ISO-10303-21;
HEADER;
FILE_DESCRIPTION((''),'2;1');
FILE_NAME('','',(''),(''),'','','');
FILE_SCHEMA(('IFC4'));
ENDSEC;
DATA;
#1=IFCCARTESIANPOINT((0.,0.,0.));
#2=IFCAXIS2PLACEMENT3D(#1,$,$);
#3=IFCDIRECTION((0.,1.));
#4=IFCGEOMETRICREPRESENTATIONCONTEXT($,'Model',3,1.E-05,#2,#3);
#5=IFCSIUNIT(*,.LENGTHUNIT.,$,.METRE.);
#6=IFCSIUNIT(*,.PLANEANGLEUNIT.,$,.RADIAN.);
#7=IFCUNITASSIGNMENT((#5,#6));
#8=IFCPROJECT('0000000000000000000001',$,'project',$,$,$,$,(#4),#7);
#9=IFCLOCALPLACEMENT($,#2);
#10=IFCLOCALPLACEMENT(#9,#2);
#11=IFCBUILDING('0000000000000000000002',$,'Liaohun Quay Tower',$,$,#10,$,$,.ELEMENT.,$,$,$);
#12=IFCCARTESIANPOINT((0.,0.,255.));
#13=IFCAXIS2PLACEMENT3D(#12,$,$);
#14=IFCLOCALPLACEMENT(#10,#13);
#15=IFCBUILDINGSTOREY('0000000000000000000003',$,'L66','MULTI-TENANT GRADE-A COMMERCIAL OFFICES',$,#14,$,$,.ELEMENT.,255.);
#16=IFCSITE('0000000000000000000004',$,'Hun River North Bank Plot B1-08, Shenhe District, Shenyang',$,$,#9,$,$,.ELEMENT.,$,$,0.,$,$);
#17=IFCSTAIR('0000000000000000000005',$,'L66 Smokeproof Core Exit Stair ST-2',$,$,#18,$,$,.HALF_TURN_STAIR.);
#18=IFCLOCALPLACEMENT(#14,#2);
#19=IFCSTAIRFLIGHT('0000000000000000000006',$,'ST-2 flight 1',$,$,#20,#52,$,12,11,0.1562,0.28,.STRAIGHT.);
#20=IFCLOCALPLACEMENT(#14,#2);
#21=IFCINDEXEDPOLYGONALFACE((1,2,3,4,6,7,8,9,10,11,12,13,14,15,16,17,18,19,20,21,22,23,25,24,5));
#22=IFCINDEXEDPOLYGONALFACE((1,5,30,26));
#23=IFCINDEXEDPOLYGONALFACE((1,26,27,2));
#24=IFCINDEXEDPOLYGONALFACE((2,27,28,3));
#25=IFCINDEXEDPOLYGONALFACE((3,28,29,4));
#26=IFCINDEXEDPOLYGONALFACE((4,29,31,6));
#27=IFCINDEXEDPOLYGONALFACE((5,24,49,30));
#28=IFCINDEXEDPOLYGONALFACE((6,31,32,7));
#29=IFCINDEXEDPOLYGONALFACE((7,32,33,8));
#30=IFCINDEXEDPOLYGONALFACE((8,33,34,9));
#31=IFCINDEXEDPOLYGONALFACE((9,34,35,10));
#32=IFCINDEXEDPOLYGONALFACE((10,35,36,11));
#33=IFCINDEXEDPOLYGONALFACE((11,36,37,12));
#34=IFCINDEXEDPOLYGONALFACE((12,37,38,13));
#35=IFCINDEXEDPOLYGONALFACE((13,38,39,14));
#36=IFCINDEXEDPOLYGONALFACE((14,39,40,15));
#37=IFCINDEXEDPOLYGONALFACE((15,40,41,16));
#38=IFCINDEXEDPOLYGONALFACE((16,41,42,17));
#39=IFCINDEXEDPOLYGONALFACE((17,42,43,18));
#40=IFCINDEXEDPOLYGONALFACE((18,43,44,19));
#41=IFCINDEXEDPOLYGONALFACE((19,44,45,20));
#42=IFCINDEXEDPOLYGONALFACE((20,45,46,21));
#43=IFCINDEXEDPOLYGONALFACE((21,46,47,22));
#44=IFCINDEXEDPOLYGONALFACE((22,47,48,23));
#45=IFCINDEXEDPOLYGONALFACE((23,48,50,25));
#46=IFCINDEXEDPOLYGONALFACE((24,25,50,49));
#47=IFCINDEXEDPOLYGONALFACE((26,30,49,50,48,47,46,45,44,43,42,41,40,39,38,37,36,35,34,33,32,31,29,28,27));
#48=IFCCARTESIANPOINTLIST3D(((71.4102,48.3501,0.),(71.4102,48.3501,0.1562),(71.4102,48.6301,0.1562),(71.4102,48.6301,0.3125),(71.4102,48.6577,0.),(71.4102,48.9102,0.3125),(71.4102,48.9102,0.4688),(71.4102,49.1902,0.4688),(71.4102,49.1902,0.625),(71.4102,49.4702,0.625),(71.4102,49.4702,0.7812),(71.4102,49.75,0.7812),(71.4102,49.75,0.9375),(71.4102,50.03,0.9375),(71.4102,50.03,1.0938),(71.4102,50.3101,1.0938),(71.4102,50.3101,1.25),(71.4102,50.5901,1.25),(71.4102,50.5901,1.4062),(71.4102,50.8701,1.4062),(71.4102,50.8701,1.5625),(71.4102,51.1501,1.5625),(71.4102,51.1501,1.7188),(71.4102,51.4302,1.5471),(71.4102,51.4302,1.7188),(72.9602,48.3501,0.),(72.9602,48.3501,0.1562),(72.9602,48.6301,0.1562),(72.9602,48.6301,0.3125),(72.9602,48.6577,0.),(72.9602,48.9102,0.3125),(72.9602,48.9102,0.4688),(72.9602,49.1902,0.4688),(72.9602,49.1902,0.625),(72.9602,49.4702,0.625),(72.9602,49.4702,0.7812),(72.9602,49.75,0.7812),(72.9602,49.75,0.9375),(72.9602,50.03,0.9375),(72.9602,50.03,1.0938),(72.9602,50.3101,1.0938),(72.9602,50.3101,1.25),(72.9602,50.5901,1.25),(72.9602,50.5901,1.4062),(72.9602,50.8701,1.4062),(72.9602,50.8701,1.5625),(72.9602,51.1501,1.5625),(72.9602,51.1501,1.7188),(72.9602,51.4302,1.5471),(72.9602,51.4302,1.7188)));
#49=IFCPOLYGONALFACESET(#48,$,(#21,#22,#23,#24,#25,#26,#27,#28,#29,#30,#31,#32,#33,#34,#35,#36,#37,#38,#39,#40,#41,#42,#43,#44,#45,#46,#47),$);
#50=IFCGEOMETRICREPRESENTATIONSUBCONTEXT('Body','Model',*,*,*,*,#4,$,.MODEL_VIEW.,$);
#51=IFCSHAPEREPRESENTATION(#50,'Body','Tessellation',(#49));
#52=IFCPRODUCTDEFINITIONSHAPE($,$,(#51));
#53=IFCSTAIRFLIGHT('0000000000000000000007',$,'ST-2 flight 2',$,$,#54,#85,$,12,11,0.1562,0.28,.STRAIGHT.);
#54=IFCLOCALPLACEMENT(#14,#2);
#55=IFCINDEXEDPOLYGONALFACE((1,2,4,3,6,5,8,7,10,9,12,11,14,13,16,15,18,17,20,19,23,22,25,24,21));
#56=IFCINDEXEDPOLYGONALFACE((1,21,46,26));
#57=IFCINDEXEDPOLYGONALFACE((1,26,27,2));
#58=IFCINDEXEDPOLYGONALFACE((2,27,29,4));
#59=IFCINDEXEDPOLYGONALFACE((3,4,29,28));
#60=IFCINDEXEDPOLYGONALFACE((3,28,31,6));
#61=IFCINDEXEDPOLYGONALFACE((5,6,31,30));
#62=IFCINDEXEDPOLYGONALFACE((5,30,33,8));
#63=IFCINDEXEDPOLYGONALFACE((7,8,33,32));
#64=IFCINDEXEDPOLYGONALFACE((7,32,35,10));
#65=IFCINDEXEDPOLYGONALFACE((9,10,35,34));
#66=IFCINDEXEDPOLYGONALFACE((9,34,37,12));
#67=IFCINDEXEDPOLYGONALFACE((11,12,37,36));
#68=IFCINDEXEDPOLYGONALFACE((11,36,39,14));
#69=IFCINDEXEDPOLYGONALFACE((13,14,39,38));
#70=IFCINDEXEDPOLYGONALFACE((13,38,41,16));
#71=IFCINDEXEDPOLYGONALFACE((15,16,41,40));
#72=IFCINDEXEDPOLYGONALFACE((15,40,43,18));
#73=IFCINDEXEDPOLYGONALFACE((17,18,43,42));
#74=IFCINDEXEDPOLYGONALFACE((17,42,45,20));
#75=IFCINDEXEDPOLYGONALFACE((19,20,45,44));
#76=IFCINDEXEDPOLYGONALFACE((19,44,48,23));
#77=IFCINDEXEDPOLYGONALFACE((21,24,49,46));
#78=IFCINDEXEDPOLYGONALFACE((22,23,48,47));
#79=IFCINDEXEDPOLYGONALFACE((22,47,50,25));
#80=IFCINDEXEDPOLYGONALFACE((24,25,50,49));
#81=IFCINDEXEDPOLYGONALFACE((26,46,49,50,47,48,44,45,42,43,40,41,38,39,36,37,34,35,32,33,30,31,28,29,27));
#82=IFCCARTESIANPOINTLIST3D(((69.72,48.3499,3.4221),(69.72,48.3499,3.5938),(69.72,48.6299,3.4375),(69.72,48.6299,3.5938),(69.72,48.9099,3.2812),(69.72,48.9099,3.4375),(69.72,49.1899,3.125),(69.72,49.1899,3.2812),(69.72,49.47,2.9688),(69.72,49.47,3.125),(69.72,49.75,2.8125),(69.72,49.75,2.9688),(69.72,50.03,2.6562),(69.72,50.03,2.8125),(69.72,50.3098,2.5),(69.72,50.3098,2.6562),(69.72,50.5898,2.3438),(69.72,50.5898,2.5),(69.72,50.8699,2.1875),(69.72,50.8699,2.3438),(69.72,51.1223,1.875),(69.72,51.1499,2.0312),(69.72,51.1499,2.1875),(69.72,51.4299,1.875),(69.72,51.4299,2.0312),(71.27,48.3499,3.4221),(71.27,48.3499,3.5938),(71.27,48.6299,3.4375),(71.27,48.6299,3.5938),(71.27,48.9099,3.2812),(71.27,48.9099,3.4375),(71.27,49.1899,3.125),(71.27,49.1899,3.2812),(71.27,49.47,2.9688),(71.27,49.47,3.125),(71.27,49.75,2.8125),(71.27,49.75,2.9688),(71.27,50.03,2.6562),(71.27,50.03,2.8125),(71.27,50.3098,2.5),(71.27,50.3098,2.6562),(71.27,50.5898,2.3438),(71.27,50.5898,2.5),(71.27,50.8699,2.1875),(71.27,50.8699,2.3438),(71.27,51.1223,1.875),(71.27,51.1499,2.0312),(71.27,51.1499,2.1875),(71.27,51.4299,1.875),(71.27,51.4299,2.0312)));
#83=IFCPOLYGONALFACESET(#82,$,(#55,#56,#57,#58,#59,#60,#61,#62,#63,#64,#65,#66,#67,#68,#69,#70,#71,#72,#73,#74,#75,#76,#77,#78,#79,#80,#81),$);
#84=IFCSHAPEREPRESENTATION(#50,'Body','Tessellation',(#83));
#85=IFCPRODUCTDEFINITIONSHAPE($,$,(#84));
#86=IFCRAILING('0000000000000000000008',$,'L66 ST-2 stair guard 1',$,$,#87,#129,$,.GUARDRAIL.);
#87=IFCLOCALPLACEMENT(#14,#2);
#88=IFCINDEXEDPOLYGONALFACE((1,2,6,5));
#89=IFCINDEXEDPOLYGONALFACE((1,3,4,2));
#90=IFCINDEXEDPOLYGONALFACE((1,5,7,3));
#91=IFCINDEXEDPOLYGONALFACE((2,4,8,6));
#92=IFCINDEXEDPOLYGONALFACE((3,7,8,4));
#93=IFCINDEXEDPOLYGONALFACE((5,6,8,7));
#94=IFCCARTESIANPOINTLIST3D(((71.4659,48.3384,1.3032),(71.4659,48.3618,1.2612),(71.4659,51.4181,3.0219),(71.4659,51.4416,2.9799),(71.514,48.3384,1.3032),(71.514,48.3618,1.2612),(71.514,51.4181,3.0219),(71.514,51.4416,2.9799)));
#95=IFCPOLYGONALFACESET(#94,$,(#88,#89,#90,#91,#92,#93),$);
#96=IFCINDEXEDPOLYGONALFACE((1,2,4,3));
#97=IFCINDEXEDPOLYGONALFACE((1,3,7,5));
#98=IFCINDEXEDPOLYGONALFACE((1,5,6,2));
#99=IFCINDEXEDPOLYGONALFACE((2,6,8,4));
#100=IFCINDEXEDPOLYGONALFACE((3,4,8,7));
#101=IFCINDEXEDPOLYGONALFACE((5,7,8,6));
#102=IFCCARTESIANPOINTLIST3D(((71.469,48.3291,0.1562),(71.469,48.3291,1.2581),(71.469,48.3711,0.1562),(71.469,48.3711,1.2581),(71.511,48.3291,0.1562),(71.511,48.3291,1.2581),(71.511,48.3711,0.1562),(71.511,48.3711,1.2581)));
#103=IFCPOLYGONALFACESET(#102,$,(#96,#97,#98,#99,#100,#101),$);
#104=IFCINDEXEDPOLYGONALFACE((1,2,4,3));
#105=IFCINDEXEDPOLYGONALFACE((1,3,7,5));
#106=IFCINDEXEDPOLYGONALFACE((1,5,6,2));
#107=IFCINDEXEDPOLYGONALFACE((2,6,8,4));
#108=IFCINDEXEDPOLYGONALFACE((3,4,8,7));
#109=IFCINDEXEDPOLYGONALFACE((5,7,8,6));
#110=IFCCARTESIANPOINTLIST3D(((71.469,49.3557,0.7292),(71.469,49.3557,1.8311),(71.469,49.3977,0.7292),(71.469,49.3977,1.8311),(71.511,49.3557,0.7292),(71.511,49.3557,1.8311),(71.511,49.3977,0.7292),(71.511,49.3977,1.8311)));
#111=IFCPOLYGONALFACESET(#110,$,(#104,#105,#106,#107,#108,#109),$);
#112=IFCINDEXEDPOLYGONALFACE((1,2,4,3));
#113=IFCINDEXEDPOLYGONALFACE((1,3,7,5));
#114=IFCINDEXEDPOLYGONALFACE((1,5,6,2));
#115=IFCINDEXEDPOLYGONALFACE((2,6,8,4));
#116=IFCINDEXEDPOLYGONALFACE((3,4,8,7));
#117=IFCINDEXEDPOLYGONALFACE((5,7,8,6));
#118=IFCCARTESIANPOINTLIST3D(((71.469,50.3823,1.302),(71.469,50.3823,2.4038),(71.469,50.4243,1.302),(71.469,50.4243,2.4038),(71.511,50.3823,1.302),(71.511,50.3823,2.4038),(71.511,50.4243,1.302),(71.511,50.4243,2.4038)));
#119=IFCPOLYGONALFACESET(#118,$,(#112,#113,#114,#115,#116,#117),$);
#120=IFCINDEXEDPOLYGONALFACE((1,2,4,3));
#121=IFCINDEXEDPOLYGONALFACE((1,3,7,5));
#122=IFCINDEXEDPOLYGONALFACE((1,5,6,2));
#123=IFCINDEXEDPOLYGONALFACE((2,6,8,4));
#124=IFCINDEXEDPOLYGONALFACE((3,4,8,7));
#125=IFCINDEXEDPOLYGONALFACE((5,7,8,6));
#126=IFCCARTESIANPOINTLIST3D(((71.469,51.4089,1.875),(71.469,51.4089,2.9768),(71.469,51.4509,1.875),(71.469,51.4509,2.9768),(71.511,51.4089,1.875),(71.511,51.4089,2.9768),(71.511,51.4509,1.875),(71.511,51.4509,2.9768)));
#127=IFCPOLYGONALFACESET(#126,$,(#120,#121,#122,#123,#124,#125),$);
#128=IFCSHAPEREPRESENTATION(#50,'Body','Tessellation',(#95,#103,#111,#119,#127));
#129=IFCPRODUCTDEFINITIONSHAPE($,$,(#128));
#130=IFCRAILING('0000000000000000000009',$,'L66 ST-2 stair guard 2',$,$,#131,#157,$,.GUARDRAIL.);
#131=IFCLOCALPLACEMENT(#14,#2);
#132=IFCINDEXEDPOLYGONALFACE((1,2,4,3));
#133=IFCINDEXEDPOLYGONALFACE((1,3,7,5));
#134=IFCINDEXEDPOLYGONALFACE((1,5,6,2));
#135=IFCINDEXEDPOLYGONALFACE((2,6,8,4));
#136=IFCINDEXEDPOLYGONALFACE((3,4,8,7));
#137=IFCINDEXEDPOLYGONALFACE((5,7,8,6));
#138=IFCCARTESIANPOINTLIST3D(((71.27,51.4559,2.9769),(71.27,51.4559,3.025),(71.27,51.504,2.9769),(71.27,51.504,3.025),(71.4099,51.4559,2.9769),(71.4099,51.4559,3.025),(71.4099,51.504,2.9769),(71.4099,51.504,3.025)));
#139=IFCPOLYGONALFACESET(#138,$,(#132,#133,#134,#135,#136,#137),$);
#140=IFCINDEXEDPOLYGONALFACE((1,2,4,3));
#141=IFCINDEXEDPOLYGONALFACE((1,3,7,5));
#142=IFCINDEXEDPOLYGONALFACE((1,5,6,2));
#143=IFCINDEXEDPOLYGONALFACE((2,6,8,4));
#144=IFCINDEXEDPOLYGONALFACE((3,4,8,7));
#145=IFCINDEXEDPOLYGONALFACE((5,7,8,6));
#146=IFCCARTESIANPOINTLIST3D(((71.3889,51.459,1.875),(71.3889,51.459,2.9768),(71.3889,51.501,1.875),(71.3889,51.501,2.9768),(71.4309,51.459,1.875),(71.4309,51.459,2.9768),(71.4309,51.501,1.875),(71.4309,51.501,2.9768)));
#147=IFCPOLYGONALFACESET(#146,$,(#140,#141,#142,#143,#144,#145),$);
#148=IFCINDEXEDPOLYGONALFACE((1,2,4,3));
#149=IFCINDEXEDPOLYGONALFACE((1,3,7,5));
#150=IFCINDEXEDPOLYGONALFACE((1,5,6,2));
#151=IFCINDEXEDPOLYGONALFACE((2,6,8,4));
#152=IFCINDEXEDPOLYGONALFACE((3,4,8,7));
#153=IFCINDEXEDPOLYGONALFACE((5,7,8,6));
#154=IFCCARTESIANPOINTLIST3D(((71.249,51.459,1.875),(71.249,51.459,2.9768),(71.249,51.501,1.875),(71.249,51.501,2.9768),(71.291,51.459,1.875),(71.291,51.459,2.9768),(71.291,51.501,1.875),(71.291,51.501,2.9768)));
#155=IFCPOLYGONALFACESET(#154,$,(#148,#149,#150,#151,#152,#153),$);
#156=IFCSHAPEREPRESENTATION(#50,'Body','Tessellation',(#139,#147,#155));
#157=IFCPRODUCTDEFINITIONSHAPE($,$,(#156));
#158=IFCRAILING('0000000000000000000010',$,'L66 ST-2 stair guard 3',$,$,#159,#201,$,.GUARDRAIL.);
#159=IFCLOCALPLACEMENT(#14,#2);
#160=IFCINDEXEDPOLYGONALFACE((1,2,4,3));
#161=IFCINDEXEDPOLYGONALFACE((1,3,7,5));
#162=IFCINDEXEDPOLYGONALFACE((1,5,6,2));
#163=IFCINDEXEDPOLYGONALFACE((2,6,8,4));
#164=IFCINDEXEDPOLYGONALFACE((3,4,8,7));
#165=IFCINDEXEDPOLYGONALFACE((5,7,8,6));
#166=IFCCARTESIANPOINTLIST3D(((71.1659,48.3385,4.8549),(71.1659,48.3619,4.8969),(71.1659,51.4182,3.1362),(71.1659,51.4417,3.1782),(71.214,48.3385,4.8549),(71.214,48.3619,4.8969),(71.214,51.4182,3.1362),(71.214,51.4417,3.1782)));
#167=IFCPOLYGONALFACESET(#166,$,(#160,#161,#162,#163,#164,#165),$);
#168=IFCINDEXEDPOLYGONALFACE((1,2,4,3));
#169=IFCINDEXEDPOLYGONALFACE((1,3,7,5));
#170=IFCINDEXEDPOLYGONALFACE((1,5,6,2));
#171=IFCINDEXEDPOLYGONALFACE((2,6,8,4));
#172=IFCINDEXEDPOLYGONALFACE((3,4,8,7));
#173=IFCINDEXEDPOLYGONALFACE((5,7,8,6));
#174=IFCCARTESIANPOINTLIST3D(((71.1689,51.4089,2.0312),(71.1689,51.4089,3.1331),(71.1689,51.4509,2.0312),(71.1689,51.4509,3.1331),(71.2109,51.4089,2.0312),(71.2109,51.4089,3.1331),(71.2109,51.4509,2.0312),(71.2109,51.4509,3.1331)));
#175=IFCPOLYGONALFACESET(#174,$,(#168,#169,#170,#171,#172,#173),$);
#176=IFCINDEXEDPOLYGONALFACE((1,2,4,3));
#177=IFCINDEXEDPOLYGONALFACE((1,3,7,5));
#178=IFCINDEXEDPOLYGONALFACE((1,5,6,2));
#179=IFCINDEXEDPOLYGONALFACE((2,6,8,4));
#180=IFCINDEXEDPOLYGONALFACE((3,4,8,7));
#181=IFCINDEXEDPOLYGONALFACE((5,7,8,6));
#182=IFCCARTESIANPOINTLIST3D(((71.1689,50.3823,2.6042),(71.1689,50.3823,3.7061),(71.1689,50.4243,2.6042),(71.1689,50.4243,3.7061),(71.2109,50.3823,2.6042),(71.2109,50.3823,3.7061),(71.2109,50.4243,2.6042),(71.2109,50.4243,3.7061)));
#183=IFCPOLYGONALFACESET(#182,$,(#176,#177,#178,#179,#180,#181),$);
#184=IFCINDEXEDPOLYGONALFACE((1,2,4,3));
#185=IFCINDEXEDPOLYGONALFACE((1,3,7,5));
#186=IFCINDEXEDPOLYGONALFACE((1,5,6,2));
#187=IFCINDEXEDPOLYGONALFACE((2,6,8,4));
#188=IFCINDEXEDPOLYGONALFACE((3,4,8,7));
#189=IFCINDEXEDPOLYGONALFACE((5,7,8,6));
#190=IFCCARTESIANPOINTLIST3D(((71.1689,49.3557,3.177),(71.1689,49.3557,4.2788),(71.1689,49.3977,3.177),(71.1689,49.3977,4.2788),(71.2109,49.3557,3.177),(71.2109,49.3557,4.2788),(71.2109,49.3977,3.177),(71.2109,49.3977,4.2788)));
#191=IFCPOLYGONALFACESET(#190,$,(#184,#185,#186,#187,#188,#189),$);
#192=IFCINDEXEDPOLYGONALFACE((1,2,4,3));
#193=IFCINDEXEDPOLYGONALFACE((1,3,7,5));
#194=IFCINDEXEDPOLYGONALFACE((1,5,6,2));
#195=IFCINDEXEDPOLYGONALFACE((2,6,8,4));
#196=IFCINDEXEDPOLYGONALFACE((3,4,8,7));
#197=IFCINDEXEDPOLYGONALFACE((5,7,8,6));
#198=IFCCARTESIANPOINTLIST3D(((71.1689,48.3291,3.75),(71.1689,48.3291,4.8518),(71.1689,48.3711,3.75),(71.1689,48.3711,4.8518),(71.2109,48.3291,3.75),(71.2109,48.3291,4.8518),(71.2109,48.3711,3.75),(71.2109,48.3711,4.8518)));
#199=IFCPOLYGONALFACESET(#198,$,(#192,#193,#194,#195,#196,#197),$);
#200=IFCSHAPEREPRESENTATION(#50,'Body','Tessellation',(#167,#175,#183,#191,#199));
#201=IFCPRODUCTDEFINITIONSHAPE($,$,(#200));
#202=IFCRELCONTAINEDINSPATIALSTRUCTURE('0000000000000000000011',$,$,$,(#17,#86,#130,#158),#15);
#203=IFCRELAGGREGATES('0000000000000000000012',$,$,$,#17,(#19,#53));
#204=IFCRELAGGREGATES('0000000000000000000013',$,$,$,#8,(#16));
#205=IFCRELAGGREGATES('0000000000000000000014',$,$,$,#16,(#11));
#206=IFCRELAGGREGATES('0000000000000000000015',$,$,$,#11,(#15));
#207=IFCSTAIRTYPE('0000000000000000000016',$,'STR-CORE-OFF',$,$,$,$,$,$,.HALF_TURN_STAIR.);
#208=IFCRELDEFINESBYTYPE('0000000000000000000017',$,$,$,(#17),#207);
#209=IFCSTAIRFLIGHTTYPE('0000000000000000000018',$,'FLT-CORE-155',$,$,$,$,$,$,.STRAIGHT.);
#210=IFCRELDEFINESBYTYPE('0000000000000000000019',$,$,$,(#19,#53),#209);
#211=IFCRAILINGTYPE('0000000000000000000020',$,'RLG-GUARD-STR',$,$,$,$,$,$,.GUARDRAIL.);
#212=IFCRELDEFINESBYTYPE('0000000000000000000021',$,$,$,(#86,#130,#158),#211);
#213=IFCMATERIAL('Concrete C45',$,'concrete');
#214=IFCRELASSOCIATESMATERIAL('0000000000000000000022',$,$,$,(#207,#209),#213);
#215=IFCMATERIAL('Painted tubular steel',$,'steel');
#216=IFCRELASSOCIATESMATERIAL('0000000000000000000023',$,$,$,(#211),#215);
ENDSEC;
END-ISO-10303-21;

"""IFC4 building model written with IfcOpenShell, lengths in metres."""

from ifc_helpers import new_model, si_unit, direction, frame, origin, origin_2d, place, context, subcontext, project, spatial, polyline, rectangle, outline, extrude, material, type_object, element, aggregate, save


model = new_model("IFC4")

# Units and contexts
model_context = context("Model", 3, precision=1e-05, world=origin(), true_north=direction((0.0, 1.0)))
body_context = subcontext(model_context, "Body", "Model", "MODEL_VIEW")
ifc_project = project(units=[si_unit("LENGTHUNIT", "METRE"), si_unit("PLANEANGLEUNIT", "RADIAN")], contexts=[model_context])

# Site, building, storey
site_placement = place(None, origin())
site = spatial("IfcSite", under=ifc_project, at=site_placement, Name="Hun River North Bank Plot B1-08, Shenhe District, Shenyang", CompositionType="ELEMENT", RefElevation=0.0)
building_placement = place(site_placement, origin())
building = spatial("IfcBuilding", under=site, at=building_placement, Name="Liaohun Quay Tower", CompositionType="ELEMENT")
storey_placement = place(building_placement, frame((0.0, 0.0, 255.0)))
storey = spatial("IfcBuildingStorey", under=building, at=storey_placement, Name="L66", Description="MULTI-TENANT GRADE-A COMMERCIAL OFFICES", CompositionType="ELEMENT", Elevation=255.0)

# Stair, stair flights
ifc_material_1 = material(Name="Concrete C45", Category="concrete")
stair_type = type_object("IfcStairType", Name="STR-CORE-OFF", PredefinedType="HALF_TURN_STAIR", material=ifc_material_1)
stair_placement = place(storey_placement, origin())
stair = element("IfcStair", 1, at=stair_placement, inside=storey, type_object=stair_type, Name="L66 Smokeproof Core Exit Stair ST-2", PredefinedType="HALF_TURN_STAIR")
stair_flight_type = type_object("IfcStairFlightType", Name="FLT-CORE-155", PredefinedType="STRAIGHT", material=ifc_material_1)
stair_flight_1_placement = place(storey_placement, frame((72.1851, 48.3501, 0.0), z_axis=(0.0, 0.0, 1.0), x_axis=(0.0, 1.0, 0.0)))
stair_flight_1 = element("IfcStairFlight", 2, at=stair_flight_1_placement, type_object=stair_flight_type, Name="ST-2 flight 1", NumberOfRisers=12, NumberOfTreads=11, PredefinedType="STRAIGHT", RiserHeight=0.1562, TreadLength=0.28, context=body_context, shape_type="SweptSolid", body=[
    extrude(outline(polyline([(0.0, 0.0), (0.0, 0.1562), (0.28, 0.1562), (0.28, 0.3125), (0.5601, 0.3125), (0.5601, 0.4688), (0.8401, 0.4688), (0.8401, 0.625), (1.1201, 0.625), (1.1201, 0.7812), (1.3999, 0.7812), (1.3999, 0.9375), (1.6799, 0.9375), (1.6799, 1.0938), (1.96, 1.0938), (1.96, 1.25), (2.24, 1.25), (2.24, 1.4062), (2.52, 1.4062), (2.52, 1.5625), (2.8, 1.5625), (2.8, 1.7188), (3.0801, 1.7188), (3.0801, 1.875), (3.0801, 1.5471), (0.3076, 0.0), (0.0, 0.0)])), frame((0.0, 0.7749, 0.0), z_axis=(0.0, -1.0, 0.0), x_axis=(1.0, 0.0, 0.0)), (0.0, 0.0, 1.0), 1.55),
])
stair_flight_2_placement = place(storey_placement, frame((70.4951, 51.4299, 1.875), z_axis=(0.0, 0.0, 1.0), x_axis=(0.0, -1.0, 0.0)))
stair_flight_2 = element("IfcStairFlight", 3, at=stair_flight_2_placement, type_object=stair_flight_type, Name="ST-2 flight 2", NumberOfRisers=12, NumberOfTreads=11, PredefinedType="STRAIGHT", RiserHeight=0.1562, TreadLength=0.28, context=body_context, shape_type="SweptSolid", body=[
    extrude(outline(polyline([(0.0, 0.0), (0.0, 0.1562), (0.28, 0.1562), (0.28, 0.3125), (0.5601, 0.3125), (0.5601, 0.4688), (0.8401, 0.4688), (0.8401, 0.625), (1.1201, 0.625), (1.1201, 0.7812), (1.3999, 0.7812), (1.3999, 0.9375), (1.6799, 0.9375), (1.6799, 1.0938), (1.96, 1.0938), (1.96, 1.25), (2.24, 1.25), (2.24, 1.4062), (2.52, 1.4062), (2.52, 1.5625), (2.8, 1.5625), (2.8, 1.7188), (3.0801, 1.7188), (3.0801, 1.875), (3.0801, 1.5471), (0.3076, 0.0), (0.0, 0.0)])), frame((0.0, 0.7749, 0.0), z_axis=(0.0, -1.0, 0.0), x_axis=(1.0, 0.0, 0.0)), (0.0, 0.0, 1.0), 1.55),
])
aggregate(stair, [stair_flight_1, stair_flight_2])

# Railings
ifc_material_2 = material(Name="Painted tubular steel", Category="steel")
railing_type_1 = type_object("IfcRailingType", Name="RLG-GUARD-STR", PredefinedType="GUARDRAIL", material=ifc_material_2)
railing_1_placement = place(storey_placement, frame((71.49, 48.3501, 0.1562)))
element("IfcRailing", 4, at=railing_1_placement, inside=storey, type_object=railing_type_1, Name="L66 ST-2 stair guard 1", PredefinedType="GUARDRAIL", context=body_context, shape_type="SweptSolid", body=[
    extrude(rectangle(XDim=0.0481, YDim=0.0481, at=origin_2d()), frame((0.0, 0.0, 1.126), z_axis=(0.0, 0.873225, 0.487317), x_axis=(-1.0, 0.0, 0.0)), (0.0, 0.0, 1.0), 3.5269),
    extrude(rectangle(XDim=0.042, YDim=0.042, at=origin_2d()), origin(), (0.0, 0.0, 1.0), 1.1018),
    extrude(rectangle(XDim=0.042, YDim=0.042, at=origin_2d()), frame((0.0, 1.0266, 0.573)), (0.0, 0.0, 1.0), 1.1018),
    extrude(rectangle(XDim=0.042, YDim=0.042, at=origin_2d()), frame((0.0, 2.0532, 1.1458)), (0.0, 0.0, 1.0), 1.1018),
    extrude(rectangle(XDim=0.042, YDim=0.042, at=origin_2d()), frame((0.0, 3.0798, 1.7188)), (0.0, 0.0, 1.0), 1.1018),
])
railing_2_placement = place(storey_placement, frame((71.4099, 51.48, 1.875)))
element("IfcRailing", 5, at=railing_2_placement, inside=storey, type_object=railing_type_1, Name="L66 ST-2 stair guard 2", PredefinedType="GUARDRAIL", context=body_context, shape_type="SweptSolid", body=[
    extrude(rectangle(XDim=0.0481, YDim=0.0481, at=origin_2d()), frame((0.0, 0.0, 1.126), z_axis=(-1.0, 0.0, 0.0), x_axis=(0.0, -1.0, 0.0)), (0.0, 0.0, 1.0), 0.1399),
    extrude(rectangle(XDim=0.042, YDim=0.042, at=origin_2d()), origin(), (0.0, 0.0, 1.0), 1.1018),
    extrude(rectangle(XDim=0.042, YDim=0.042, at=origin_2d()), frame((-0.1399, 0.0, 0.0)), (0.0, 0.0, 1.0), 1.1018),
])
railing_3_placement = place(storey_placement, frame((71.1899, 51.4299, 2.0312)))
element("IfcRailing", 6, at=railing_3_placement, inside=storey, type_object=railing_type_1, Name="L66 ST-2 stair guard 3", PredefinedType="GUARDRAIL", context=body_context, shape_type="SweptSolid", body=[
    extrude(rectangle(XDim=0.0481, YDim=0.0481, at=origin_2d()), frame((0.0, 0.0, 1.126), z_axis=(0.0, -0.873225, 0.487317), x_axis=(1.0, 0.0, 0.0)), (0.0, 0.0, 1.0), 3.5269),
    extrude(rectangle(XDim=0.042, YDim=0.042, at=origin_2d()), origin(), (0.0, 0.0, 1.0), 1.1018),
    extrude(rectangle(XDim=0.042, YDim=0.042, at=origin_2d()), frame((0.0, -1.0266, 0.573)), (0.0, 0.0, 1.0), 1.1018),
    extrude(rectangle(XDim=0.042, YDim=0.042, at=origin_2d()), frame((0.0, -2.0532, 1.1458)), (0.0, 0.0, 1.0), 1.1018),
    extrude(rectangle(XDim=0.042, YDim=0.042, at=origin_2d()), frame((0.0, -3.0798, 1.7188)), (0.0, 0.0, 1.0), 1.1018),
])

save(model, "model.ifc")
